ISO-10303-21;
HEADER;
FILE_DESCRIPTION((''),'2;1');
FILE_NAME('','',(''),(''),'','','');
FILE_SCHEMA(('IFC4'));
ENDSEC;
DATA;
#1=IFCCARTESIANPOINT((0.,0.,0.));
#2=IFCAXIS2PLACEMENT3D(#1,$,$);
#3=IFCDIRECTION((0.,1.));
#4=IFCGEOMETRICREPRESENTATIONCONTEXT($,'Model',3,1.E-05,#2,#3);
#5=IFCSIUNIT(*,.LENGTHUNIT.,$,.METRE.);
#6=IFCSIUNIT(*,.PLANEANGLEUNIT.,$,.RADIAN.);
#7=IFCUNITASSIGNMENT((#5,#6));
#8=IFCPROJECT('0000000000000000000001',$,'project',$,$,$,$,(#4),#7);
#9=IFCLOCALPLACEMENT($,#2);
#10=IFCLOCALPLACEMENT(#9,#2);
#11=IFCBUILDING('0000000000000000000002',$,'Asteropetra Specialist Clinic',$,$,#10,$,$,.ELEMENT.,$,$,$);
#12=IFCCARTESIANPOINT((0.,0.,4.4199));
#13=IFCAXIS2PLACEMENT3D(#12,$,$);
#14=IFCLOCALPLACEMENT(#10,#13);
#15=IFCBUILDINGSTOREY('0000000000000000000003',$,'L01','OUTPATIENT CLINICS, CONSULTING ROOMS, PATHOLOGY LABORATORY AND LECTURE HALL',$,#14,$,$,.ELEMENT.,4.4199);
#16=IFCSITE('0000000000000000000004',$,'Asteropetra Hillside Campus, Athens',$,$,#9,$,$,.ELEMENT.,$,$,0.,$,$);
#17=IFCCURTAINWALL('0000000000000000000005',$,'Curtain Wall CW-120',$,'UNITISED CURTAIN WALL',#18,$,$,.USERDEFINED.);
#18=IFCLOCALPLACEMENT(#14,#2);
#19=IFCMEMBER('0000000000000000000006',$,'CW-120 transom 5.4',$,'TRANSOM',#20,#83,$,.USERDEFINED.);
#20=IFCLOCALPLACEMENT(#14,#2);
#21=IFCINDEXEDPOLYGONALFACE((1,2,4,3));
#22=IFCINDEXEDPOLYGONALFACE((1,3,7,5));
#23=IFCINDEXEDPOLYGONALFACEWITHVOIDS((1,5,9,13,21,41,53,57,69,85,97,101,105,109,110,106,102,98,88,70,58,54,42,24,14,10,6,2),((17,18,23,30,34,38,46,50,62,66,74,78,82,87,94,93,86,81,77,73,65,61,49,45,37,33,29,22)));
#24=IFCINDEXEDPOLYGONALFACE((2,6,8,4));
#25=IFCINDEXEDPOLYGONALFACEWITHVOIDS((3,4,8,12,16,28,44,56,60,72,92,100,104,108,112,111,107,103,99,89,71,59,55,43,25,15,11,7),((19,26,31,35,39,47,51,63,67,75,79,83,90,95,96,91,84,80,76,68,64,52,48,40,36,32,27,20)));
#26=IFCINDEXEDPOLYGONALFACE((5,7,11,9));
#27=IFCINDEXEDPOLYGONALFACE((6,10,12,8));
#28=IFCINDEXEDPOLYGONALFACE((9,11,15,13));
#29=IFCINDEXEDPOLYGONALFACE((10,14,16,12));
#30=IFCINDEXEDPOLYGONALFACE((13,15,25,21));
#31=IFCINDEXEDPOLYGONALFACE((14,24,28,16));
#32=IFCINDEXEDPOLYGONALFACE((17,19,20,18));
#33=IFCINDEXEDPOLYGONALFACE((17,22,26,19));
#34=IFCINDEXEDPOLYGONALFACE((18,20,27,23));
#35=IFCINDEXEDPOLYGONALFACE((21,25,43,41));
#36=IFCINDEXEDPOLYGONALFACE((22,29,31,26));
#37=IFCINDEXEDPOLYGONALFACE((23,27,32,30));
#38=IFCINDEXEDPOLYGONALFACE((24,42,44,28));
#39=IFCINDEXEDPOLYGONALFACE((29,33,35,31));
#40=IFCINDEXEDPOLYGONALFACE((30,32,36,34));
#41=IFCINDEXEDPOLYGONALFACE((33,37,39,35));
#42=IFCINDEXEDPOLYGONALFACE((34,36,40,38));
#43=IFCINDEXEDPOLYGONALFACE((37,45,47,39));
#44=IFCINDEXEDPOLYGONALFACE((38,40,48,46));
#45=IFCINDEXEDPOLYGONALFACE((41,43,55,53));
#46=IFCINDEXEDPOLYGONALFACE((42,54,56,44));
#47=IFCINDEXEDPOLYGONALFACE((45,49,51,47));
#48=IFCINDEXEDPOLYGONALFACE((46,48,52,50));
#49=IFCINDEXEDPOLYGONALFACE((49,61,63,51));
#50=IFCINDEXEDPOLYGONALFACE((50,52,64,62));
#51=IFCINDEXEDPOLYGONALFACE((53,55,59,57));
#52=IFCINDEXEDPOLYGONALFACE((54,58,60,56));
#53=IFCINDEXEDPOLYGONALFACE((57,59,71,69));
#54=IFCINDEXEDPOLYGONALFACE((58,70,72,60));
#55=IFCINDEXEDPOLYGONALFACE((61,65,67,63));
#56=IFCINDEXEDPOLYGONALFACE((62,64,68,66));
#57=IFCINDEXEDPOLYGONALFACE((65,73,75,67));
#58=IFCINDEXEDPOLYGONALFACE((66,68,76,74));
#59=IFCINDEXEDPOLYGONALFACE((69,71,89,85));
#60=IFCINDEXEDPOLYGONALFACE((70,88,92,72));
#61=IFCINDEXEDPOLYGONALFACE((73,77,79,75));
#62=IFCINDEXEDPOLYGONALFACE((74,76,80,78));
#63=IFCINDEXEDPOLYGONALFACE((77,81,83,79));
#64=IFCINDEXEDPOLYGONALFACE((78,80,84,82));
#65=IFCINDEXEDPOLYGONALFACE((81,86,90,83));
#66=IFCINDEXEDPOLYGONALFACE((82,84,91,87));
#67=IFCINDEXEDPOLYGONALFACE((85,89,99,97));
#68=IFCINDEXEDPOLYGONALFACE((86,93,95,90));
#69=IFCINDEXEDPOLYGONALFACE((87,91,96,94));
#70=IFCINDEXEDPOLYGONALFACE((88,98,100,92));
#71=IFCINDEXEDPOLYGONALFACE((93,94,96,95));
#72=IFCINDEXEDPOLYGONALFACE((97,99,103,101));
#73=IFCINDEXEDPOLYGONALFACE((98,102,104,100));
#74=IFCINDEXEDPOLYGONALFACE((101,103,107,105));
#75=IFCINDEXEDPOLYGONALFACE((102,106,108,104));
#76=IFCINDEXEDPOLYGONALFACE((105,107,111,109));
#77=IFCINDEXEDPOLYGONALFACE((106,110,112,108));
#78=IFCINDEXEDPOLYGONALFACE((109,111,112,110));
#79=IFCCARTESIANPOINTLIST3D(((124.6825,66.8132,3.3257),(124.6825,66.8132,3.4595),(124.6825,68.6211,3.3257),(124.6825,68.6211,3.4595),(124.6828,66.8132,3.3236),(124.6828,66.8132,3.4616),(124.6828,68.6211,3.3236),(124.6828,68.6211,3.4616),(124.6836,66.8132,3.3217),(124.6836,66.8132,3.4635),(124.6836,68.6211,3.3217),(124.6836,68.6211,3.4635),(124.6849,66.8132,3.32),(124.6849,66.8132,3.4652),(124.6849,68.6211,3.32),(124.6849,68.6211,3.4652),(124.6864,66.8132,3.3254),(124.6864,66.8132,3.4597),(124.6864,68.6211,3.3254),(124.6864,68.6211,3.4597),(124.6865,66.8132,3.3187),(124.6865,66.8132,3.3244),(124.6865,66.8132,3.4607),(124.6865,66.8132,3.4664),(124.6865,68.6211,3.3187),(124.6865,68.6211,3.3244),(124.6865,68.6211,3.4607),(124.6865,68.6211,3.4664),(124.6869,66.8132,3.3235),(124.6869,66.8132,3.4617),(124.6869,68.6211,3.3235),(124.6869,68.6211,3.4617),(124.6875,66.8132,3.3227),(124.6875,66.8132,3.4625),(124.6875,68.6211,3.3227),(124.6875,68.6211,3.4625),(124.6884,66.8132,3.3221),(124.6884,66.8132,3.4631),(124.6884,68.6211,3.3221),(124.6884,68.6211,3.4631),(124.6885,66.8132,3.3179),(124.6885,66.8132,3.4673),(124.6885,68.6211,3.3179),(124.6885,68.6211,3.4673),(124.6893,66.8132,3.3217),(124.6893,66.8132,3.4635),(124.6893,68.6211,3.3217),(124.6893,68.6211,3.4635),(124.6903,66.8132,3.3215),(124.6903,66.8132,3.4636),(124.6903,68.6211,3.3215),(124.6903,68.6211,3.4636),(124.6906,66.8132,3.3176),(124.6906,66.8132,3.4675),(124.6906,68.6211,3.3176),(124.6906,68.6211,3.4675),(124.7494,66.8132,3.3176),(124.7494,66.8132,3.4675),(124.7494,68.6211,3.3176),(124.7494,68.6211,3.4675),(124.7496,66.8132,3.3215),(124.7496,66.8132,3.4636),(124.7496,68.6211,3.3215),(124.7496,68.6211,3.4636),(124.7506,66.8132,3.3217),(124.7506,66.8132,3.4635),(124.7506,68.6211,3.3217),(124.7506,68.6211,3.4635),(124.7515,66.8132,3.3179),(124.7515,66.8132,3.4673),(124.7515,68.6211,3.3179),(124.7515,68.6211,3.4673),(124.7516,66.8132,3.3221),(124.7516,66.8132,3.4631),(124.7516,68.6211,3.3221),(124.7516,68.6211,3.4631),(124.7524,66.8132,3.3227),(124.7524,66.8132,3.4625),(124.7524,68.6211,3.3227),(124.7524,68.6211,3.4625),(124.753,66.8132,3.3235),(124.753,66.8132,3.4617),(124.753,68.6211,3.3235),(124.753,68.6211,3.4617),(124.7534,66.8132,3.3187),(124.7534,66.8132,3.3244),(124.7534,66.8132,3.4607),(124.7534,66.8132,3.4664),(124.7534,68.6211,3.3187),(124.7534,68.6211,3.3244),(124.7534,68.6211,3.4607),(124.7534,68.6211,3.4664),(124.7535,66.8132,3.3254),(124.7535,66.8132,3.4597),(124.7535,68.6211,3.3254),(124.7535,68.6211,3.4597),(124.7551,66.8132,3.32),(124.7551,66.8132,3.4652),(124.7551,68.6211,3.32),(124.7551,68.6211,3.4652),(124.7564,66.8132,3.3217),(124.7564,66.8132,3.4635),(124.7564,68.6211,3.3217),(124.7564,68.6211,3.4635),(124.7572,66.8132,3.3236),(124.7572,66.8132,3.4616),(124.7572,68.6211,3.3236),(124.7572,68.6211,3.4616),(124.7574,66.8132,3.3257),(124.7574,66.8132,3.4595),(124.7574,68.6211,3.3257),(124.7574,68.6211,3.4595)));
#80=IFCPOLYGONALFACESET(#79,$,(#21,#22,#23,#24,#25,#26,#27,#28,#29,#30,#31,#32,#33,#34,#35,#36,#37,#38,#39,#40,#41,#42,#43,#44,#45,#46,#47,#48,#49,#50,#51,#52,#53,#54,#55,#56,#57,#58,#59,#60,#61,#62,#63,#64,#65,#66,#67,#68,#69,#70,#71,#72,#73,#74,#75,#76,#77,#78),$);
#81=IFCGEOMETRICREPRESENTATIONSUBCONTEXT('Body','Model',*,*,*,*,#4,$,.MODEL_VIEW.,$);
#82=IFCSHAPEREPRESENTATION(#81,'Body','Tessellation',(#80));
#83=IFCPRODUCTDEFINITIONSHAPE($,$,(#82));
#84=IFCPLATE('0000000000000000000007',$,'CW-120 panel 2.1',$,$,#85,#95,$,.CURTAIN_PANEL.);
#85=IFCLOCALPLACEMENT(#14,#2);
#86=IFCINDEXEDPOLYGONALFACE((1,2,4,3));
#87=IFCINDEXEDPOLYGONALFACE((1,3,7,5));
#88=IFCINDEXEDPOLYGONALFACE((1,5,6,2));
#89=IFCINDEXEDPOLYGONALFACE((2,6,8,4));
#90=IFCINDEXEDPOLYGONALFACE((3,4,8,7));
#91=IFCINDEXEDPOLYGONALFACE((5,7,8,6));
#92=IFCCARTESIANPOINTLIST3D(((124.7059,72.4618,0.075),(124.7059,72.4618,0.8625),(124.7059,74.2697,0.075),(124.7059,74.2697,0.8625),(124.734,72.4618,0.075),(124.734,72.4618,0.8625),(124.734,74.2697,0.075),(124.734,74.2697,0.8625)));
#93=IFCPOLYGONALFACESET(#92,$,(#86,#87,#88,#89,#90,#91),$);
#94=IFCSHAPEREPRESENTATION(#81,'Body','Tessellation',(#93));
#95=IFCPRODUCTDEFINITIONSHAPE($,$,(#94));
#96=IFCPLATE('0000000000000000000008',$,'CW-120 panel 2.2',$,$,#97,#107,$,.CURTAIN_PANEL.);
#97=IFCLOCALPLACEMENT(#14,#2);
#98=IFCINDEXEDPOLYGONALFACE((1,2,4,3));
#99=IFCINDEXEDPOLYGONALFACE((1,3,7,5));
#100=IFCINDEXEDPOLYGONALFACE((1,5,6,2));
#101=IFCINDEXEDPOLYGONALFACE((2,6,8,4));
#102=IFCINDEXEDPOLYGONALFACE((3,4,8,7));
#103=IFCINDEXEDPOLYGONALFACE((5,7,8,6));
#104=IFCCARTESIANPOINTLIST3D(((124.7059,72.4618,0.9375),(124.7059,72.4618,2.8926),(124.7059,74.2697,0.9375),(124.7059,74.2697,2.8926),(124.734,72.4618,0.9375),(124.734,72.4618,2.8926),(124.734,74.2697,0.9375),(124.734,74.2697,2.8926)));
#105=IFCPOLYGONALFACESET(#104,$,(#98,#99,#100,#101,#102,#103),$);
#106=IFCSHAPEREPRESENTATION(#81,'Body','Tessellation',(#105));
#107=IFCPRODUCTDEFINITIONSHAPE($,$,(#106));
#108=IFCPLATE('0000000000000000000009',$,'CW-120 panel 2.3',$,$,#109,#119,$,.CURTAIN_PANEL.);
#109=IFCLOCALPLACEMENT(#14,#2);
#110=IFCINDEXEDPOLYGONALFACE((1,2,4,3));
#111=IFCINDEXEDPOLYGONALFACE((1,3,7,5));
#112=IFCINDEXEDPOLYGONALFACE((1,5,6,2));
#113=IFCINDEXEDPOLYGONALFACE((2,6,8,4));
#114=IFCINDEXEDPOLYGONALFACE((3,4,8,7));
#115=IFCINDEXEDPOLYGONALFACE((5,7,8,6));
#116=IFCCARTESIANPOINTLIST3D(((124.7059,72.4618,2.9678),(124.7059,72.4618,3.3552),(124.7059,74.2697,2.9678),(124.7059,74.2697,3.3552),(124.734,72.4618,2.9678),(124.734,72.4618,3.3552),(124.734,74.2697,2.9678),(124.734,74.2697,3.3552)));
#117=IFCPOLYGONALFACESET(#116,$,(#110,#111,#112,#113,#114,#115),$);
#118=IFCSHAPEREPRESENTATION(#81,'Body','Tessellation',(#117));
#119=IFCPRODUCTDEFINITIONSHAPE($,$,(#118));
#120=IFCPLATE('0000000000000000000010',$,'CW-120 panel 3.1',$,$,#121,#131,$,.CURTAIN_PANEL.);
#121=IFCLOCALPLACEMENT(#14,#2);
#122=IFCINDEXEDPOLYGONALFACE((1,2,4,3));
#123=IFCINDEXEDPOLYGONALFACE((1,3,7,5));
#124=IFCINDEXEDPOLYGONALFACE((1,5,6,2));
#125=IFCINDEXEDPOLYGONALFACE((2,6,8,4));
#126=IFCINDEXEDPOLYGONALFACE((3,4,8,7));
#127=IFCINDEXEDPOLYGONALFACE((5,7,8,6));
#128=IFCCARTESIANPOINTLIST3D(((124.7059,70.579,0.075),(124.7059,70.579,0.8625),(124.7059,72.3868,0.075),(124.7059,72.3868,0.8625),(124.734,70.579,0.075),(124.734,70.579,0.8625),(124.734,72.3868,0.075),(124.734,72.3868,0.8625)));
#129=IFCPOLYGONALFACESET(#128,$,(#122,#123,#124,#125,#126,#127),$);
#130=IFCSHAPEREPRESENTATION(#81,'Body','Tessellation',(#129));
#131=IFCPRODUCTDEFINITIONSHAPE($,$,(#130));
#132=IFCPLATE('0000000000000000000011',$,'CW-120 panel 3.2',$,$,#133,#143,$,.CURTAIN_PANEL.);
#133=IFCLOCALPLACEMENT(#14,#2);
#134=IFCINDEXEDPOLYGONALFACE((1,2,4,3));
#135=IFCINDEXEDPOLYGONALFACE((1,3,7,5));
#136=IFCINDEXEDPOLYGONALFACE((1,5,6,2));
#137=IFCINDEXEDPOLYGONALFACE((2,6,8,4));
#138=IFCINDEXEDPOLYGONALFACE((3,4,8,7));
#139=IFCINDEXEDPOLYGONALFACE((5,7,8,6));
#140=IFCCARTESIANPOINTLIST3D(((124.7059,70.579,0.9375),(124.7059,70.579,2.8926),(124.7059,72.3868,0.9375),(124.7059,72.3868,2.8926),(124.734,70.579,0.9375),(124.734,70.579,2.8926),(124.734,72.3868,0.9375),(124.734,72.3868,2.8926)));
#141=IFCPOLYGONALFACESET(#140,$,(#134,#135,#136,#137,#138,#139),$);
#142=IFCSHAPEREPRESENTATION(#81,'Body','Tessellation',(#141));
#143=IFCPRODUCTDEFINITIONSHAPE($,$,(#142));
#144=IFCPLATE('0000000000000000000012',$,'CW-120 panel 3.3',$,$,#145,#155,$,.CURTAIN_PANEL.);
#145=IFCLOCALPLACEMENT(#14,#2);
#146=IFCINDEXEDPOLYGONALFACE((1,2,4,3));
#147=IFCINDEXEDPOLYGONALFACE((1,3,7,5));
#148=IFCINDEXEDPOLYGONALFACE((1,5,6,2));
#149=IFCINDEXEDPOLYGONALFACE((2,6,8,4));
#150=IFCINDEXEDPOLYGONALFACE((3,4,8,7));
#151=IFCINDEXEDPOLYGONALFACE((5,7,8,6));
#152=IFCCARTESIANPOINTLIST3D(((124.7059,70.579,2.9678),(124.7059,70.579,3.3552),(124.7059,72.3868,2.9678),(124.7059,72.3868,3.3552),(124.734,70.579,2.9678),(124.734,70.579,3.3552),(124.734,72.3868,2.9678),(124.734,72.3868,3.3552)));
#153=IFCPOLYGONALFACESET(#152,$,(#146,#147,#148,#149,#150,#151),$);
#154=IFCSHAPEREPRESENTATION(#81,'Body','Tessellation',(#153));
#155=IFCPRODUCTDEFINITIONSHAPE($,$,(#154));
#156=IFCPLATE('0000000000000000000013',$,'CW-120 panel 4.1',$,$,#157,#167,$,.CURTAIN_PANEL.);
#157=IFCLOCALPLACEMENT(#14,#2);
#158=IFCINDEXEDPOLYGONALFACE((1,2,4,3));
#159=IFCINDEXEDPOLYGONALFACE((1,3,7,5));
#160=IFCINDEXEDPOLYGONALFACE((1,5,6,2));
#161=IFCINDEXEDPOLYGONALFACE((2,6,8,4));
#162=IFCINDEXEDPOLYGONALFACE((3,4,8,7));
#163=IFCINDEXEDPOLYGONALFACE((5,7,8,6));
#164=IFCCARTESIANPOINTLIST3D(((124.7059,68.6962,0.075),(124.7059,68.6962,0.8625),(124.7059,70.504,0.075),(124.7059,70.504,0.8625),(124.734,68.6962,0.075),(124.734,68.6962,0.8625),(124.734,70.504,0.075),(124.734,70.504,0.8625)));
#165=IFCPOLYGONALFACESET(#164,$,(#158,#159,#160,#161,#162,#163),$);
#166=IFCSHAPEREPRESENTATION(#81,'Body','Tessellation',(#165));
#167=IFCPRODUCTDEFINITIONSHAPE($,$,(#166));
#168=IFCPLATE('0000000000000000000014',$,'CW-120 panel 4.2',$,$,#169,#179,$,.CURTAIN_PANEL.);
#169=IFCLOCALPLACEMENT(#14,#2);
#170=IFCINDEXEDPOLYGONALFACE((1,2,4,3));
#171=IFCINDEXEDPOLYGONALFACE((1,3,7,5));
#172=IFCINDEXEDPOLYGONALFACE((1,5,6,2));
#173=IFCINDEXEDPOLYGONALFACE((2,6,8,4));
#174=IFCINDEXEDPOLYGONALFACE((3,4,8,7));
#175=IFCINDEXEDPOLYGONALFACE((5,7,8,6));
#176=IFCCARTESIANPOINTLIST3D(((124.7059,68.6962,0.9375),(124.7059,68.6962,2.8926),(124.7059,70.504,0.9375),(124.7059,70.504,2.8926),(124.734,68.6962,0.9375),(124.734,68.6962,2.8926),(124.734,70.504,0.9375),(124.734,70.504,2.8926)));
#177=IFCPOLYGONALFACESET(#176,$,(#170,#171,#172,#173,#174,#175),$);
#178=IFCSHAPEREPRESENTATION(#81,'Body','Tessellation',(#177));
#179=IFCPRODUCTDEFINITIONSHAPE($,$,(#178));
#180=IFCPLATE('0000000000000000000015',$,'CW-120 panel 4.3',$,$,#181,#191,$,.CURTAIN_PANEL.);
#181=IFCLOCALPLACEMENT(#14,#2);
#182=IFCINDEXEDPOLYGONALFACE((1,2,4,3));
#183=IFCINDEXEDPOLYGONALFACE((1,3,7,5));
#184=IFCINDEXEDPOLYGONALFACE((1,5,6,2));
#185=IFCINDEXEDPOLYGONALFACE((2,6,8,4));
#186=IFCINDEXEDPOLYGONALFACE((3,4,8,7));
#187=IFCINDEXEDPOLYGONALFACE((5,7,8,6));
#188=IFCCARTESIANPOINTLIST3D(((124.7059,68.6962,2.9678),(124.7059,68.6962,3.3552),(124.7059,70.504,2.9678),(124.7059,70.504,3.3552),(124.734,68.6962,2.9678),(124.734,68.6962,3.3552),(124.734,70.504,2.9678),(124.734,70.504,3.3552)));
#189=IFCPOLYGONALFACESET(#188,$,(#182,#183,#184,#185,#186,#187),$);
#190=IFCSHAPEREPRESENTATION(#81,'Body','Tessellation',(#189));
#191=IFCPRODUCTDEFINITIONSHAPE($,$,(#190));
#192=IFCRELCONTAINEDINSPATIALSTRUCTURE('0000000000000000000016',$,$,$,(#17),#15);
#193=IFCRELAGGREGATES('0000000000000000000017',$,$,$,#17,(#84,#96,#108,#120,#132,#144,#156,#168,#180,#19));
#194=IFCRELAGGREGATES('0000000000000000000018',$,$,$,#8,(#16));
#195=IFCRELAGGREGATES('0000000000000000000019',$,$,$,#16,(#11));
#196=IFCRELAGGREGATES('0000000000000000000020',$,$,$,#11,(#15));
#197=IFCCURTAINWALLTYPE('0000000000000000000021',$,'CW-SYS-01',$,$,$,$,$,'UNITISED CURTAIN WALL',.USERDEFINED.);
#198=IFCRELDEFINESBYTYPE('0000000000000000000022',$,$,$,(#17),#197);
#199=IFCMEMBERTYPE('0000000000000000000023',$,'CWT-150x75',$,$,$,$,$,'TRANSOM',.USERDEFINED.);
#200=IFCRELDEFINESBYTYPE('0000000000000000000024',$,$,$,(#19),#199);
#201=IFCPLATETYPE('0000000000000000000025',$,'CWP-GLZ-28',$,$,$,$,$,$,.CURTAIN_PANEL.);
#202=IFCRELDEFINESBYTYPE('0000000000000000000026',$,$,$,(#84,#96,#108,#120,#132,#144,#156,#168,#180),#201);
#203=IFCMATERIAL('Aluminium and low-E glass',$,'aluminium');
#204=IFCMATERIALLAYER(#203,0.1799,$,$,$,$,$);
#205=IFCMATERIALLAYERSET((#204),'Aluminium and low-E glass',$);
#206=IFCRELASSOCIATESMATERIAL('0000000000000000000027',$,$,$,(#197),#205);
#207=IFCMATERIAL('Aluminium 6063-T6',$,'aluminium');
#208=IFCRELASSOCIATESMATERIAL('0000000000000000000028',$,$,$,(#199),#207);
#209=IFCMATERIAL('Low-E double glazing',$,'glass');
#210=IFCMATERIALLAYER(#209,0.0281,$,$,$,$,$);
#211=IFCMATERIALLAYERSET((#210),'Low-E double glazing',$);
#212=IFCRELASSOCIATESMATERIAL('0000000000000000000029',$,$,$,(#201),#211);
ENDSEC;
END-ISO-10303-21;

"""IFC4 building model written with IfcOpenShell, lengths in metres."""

from ifc_helpers import new_model, si_unit, direction, frame, origin, origin_2d, place, context, subcontext, project, spatial, rectangle, hollow_rectangle, extrude, material, layer, layer_set, material_profile, profile_set, type_object, element, aggregate, save


model = new_model("IFC4")

# Units and contexts
model_context = context("Model", 3, precision=1e-05, world=origin(), true_north=direction((0.0, 1.0)))
body_context = subcontext(model_context, "Body", "Model", "MODEL_VIEW")
ifc_project = project(units=[si_unit("LENGTHUNIT", "METRE"), si_unit("PLANEANGLEUNIT", "RADIAN")], contexts=[model_context])

# Site, building, storey
site_placement = place(None, origin())
site = spatial("IfcSite", under=ifc_project, at=site_placement, Name="Asteropetra Hillside Campus, Athens", CompositionType="ELEMENT", RefElevation=0.0)
building_placement = place(site_placement, origin())
building = spatial("IfcBuilding", under=site, at=building_placement, Name="Asteropetra Specialist Clinic", CompositionType="ELEMENT")
storey_placement = place(building_placement, frame((0.0, 0.0, 4.4199)))
storey = spatial("IfcBuildingStorey", under=building, at=storey_placement, Name="L01", Description="OUTPATIENT CLINICS, CONSULTING ROOMS, PATHOLOGY LABORATORY AND LECTURE HALL", CompositionType="ELEMENT", Elevation=4.4199)

# Curtain wall, member, plates
ifc_material_1 = material(Name="Aluminium and low-E glass", Category="aluminium")
ifc_layer_1 = layer(ifc_material_1, 0.1799)
ifc_layer_set_1 = layer_set([ifc_layer_1], Name="Aluminium and low-E glass")
curtain_wall_type = type_object("IfcCurtainWallType", Name="CW-SYS-01", ElementType="UNITISED CURTAIN WALL", PredefinedType="USERDEFINED", material=ifc_layer_set_1)
curtain_wall_placement = place(storey_placement, origin())
curtain_wall = element("IfcCurtainWall", 1, at=curtain_wall_placement, inside=storey, type_object=curtain_wall_type, Name="Curtain Wall CW-120", ObjectType="UNITISED CURTAIN WALL", PredefinedType="USERDEFINED")
ifc_material_2 = material(Name="Aluminium 6063-T6", Category="aluminium")
ifc_material_profile_1 = material_profile(ifc_material_2, hollow_rectangle(XDim=0.075, YDim=0.1499, WallThickness=0.0039, InnerFilletRadius=0.0039, OuterFilletRadius=0.0081, at=origin_2d()), Name="TRN 150x75x4.0")
ifc_profile_set_1 = profile_set([ifc_material_profile_1], Name="Aluminium 6063-T6")
member_type_1 = type_object("IfcMemberType", Name="CWT-150x75", ElementType="TRANSOM", PredefinedType="USERDEFINED", material=ifc_profile_set_1)
member_1_placement = place(storey_placement, frame((124.72, 68.6211, 3.3926), z_axis=(0.0, -1.0, 0.0), x_axis=(1.0, 0.0, 0.0)))
member_1 = element("IfcMember", 2, at=member_1_placement, type_object=member_type_1, Name="CW-120 transom 5.4", ObjectType="TRANSOM", PredefinedType="USERDEFINED", context=body_context, shape_type="SweptSolid", body=[
    extrude(hollow_rectangle(XDim=0.075, YDim=0.1499, WallThickness=0.0039, InnerFilletRadius=0.0039, OuterFilletRadius=0.0081, at=origin_2d()), origin(), (0.0, 0.0, 1.0), 1.8079),
])
ifc_material_3 = material(Name="Low-E double glazing", Category="glass")
ifc_layer_2 = layer(ifc_material_3, 0.0281)
ifc_layer_set_2 = layer_set([ifc_layer_2], Name="Low-E double glazing")
plate_type = type_object("IfcPlateType", Name="CWP-GLZ-28", PredefinedType="CURTAIN_PANEL", material=ifc_layer_set_2)
plate_1_placement = place(storey_placement, frame((124.72, 73.3657, 0.075), z_axis=(0.0, 0.0, 1.0), x_axis=(0.0, -1.0, 0.0)))
plate_1 = element("IfcPlate", 3, at=plate_1_placement, type_object=plate_type, Name="CW-120 panel 2.1", PredefinedType="CURTAIN_PANEL", context=body_context, shape_type="SweptSolid", body=[
    extrude(rectangle(XDim=1.8079, YDim=0.0281, at=origin_2d()), origin(), (0.0, 0.0, 1.0), 0.7876),
])
plate_2_placement = place(storey_placement, frame((124.72, 73.3657, 0.9375), z_axis=(0.0, 0.0, 1.0), x_axis=(0.0, -1.0, 0.0)))
plate_2 = element("IfcPlate", 4, at=plate_2_placement, type_object=plate_type, Name="CW-120 panel 2.2", PredefinedType="CURTAIN_PANEL", context=body_context, shape_type="SweptSolid", body=[
    extrude(rectangle(XDim=1.8079, YDim=0.0281, at=origin_2d()), origin(), (0.0, 0.0, 1.0), 1.9551),
])
plate_3_placement = place(storey_placement, frame((124.72, 73.3657, 2.9678), z_axis=(0.0, 0.0, 1.0), x_axis=(0.0, -1.0, 0.0)))
plate_3 = element("IfcPlate", 5, at=plate_3_placement, type_object=plate_type, Name="CW-120 panel 2.3", PredefinedType="CURTAIN_PANEL", context=body_context, shape_type="SweptSolid", body=[
    extrude(rectangle(XDim=1.8079, YDim=0.0281, at=origin_2d()), origin(), (0.0, 0.0, 1.0), 0.3875),
])
plate_4_placement = place(storey_placement, frame((124.72, 71.4829, 0.075), z_axis=(0.0, 0.0, 1.0), x_axis=(0.0, -1.0, 0.0)))
plate_4 = element("IfcPlate", 6, at=plate_4_placement, type_object=plate_type, Name="CW-120 panel 3.1", PredefinedType="CURTAIN_PANEL", context=body_context, shape_type="SweptSolid", body=[
    extrude(rectangle(XDim=1.8079, YDim=0.0281, at=origin_2d()), origin(), (0.0, 0.0, 1.0), 0.7876),
])
plate_5_placement = place(storey_placement, frame((124.72, 71.4829, 0.9375), z_axis=(0.0, 0.0, 1.0), x_axis=(0.0, -1.0, 0.0)))
plate_5 = element("IfcPlate", 7, at=plate_5_placement, type_object=plate_type, Name="CW-120 panel 3.2", PredefinedType="CURTAIN_PANEL", context=body_context, shape_type="SweptSolid", body=[
    extrude(rectangle(XDim=1.8079, YDim=0.0281, at=origin_2d()), origin(), (0.0, 0.0, 1.0), 1.9551),
])
plate_6_placement = place(storey_placement, frame((124.72, 71.4829, 2.9678), z_axis=(0.0, 0.0, 1.0), x_axis=(0.0, -1.0, 0.0)))
plate_6 = element("IfcPlate", 8, at=plate_6_placement, type_object=plate_type, Name="CW-120 panel 3.3", PredefinedType="CURTAIN_PANEL", context=body_context, shape_type="SweptSolid", body=[
    extrude(rectangle(XDim=1.8079, YDim=0.0281, at=origin_2d()), origin(), (0.0, 0.0, 1.0), 0.3875),
])
plate_7_placement = place(storey_placement, frame((124.72, 69.6001, 0.075), z_axis=(0.0, 0.0, 1.0), x_axis=(0.0, -1.0, 0.0)))
plate_7 = element("IfcPlate", 9, at=plate_7_placement, type_object=plate_type, Name="CW-120 panel 4.1", PredefinedType="CURTAIN_PANEL", context=body_context, shape_type="SweptSolid", body=[
    extrude(rectangle(XDim=1.8079, YDim=0.0281, at=origin_2d()), origin(), (0.0, 0.0, 1.0), 0.7876),
])
plate_8_placement = place(storey_placement, frame((124.72, 69.6001, 0.9375), z_axis=(0.0, 0.0, 1.0), x_axis=(0.0, -1.0, 0.0)))
plate_8 = element("IfcPlate", 10, at=plate_8_placement, type_object=plate_type, Name="CW-120 panel 4.2", PredefinedType="CURTAIN_PANEL", context=body_context, shape_type="SweptSolid", body=[
    extrude(rectangle(XDim=1.8079, YDim=0.0281, at=origin_2d()), origin(), (0.0, 0.0, 1.0), 1.9551),
])
plate_9_placement = place(storey_placement, frame((124.72, 69.6001, 2.9678), z_axis=(0.0, 0.0, 1.0), x_axis=(0.0, -1.0, 0.0)))
plate_9 = element("IfcPlate", 11, at=plate_9_placement, type_object=plate_type, Name="CW-120 panel 4.3", PredefinedType="CURTAIN_PANEL", context=body_context, shape_type="SweptSolid", body=[
    extrude(rectangle(XDim=1.8079, YDim=0.0281, at=origin_2d()), origin(), (0.0, 0.0, 1.0), 0.3875),
])
aggregate(curtain_wall, [plate_1, plate_2, plate_3, plate_4, plate_5, plate_6, plate_7, plate_8, plate_9, member_1])

save(model, "model.ifc")
